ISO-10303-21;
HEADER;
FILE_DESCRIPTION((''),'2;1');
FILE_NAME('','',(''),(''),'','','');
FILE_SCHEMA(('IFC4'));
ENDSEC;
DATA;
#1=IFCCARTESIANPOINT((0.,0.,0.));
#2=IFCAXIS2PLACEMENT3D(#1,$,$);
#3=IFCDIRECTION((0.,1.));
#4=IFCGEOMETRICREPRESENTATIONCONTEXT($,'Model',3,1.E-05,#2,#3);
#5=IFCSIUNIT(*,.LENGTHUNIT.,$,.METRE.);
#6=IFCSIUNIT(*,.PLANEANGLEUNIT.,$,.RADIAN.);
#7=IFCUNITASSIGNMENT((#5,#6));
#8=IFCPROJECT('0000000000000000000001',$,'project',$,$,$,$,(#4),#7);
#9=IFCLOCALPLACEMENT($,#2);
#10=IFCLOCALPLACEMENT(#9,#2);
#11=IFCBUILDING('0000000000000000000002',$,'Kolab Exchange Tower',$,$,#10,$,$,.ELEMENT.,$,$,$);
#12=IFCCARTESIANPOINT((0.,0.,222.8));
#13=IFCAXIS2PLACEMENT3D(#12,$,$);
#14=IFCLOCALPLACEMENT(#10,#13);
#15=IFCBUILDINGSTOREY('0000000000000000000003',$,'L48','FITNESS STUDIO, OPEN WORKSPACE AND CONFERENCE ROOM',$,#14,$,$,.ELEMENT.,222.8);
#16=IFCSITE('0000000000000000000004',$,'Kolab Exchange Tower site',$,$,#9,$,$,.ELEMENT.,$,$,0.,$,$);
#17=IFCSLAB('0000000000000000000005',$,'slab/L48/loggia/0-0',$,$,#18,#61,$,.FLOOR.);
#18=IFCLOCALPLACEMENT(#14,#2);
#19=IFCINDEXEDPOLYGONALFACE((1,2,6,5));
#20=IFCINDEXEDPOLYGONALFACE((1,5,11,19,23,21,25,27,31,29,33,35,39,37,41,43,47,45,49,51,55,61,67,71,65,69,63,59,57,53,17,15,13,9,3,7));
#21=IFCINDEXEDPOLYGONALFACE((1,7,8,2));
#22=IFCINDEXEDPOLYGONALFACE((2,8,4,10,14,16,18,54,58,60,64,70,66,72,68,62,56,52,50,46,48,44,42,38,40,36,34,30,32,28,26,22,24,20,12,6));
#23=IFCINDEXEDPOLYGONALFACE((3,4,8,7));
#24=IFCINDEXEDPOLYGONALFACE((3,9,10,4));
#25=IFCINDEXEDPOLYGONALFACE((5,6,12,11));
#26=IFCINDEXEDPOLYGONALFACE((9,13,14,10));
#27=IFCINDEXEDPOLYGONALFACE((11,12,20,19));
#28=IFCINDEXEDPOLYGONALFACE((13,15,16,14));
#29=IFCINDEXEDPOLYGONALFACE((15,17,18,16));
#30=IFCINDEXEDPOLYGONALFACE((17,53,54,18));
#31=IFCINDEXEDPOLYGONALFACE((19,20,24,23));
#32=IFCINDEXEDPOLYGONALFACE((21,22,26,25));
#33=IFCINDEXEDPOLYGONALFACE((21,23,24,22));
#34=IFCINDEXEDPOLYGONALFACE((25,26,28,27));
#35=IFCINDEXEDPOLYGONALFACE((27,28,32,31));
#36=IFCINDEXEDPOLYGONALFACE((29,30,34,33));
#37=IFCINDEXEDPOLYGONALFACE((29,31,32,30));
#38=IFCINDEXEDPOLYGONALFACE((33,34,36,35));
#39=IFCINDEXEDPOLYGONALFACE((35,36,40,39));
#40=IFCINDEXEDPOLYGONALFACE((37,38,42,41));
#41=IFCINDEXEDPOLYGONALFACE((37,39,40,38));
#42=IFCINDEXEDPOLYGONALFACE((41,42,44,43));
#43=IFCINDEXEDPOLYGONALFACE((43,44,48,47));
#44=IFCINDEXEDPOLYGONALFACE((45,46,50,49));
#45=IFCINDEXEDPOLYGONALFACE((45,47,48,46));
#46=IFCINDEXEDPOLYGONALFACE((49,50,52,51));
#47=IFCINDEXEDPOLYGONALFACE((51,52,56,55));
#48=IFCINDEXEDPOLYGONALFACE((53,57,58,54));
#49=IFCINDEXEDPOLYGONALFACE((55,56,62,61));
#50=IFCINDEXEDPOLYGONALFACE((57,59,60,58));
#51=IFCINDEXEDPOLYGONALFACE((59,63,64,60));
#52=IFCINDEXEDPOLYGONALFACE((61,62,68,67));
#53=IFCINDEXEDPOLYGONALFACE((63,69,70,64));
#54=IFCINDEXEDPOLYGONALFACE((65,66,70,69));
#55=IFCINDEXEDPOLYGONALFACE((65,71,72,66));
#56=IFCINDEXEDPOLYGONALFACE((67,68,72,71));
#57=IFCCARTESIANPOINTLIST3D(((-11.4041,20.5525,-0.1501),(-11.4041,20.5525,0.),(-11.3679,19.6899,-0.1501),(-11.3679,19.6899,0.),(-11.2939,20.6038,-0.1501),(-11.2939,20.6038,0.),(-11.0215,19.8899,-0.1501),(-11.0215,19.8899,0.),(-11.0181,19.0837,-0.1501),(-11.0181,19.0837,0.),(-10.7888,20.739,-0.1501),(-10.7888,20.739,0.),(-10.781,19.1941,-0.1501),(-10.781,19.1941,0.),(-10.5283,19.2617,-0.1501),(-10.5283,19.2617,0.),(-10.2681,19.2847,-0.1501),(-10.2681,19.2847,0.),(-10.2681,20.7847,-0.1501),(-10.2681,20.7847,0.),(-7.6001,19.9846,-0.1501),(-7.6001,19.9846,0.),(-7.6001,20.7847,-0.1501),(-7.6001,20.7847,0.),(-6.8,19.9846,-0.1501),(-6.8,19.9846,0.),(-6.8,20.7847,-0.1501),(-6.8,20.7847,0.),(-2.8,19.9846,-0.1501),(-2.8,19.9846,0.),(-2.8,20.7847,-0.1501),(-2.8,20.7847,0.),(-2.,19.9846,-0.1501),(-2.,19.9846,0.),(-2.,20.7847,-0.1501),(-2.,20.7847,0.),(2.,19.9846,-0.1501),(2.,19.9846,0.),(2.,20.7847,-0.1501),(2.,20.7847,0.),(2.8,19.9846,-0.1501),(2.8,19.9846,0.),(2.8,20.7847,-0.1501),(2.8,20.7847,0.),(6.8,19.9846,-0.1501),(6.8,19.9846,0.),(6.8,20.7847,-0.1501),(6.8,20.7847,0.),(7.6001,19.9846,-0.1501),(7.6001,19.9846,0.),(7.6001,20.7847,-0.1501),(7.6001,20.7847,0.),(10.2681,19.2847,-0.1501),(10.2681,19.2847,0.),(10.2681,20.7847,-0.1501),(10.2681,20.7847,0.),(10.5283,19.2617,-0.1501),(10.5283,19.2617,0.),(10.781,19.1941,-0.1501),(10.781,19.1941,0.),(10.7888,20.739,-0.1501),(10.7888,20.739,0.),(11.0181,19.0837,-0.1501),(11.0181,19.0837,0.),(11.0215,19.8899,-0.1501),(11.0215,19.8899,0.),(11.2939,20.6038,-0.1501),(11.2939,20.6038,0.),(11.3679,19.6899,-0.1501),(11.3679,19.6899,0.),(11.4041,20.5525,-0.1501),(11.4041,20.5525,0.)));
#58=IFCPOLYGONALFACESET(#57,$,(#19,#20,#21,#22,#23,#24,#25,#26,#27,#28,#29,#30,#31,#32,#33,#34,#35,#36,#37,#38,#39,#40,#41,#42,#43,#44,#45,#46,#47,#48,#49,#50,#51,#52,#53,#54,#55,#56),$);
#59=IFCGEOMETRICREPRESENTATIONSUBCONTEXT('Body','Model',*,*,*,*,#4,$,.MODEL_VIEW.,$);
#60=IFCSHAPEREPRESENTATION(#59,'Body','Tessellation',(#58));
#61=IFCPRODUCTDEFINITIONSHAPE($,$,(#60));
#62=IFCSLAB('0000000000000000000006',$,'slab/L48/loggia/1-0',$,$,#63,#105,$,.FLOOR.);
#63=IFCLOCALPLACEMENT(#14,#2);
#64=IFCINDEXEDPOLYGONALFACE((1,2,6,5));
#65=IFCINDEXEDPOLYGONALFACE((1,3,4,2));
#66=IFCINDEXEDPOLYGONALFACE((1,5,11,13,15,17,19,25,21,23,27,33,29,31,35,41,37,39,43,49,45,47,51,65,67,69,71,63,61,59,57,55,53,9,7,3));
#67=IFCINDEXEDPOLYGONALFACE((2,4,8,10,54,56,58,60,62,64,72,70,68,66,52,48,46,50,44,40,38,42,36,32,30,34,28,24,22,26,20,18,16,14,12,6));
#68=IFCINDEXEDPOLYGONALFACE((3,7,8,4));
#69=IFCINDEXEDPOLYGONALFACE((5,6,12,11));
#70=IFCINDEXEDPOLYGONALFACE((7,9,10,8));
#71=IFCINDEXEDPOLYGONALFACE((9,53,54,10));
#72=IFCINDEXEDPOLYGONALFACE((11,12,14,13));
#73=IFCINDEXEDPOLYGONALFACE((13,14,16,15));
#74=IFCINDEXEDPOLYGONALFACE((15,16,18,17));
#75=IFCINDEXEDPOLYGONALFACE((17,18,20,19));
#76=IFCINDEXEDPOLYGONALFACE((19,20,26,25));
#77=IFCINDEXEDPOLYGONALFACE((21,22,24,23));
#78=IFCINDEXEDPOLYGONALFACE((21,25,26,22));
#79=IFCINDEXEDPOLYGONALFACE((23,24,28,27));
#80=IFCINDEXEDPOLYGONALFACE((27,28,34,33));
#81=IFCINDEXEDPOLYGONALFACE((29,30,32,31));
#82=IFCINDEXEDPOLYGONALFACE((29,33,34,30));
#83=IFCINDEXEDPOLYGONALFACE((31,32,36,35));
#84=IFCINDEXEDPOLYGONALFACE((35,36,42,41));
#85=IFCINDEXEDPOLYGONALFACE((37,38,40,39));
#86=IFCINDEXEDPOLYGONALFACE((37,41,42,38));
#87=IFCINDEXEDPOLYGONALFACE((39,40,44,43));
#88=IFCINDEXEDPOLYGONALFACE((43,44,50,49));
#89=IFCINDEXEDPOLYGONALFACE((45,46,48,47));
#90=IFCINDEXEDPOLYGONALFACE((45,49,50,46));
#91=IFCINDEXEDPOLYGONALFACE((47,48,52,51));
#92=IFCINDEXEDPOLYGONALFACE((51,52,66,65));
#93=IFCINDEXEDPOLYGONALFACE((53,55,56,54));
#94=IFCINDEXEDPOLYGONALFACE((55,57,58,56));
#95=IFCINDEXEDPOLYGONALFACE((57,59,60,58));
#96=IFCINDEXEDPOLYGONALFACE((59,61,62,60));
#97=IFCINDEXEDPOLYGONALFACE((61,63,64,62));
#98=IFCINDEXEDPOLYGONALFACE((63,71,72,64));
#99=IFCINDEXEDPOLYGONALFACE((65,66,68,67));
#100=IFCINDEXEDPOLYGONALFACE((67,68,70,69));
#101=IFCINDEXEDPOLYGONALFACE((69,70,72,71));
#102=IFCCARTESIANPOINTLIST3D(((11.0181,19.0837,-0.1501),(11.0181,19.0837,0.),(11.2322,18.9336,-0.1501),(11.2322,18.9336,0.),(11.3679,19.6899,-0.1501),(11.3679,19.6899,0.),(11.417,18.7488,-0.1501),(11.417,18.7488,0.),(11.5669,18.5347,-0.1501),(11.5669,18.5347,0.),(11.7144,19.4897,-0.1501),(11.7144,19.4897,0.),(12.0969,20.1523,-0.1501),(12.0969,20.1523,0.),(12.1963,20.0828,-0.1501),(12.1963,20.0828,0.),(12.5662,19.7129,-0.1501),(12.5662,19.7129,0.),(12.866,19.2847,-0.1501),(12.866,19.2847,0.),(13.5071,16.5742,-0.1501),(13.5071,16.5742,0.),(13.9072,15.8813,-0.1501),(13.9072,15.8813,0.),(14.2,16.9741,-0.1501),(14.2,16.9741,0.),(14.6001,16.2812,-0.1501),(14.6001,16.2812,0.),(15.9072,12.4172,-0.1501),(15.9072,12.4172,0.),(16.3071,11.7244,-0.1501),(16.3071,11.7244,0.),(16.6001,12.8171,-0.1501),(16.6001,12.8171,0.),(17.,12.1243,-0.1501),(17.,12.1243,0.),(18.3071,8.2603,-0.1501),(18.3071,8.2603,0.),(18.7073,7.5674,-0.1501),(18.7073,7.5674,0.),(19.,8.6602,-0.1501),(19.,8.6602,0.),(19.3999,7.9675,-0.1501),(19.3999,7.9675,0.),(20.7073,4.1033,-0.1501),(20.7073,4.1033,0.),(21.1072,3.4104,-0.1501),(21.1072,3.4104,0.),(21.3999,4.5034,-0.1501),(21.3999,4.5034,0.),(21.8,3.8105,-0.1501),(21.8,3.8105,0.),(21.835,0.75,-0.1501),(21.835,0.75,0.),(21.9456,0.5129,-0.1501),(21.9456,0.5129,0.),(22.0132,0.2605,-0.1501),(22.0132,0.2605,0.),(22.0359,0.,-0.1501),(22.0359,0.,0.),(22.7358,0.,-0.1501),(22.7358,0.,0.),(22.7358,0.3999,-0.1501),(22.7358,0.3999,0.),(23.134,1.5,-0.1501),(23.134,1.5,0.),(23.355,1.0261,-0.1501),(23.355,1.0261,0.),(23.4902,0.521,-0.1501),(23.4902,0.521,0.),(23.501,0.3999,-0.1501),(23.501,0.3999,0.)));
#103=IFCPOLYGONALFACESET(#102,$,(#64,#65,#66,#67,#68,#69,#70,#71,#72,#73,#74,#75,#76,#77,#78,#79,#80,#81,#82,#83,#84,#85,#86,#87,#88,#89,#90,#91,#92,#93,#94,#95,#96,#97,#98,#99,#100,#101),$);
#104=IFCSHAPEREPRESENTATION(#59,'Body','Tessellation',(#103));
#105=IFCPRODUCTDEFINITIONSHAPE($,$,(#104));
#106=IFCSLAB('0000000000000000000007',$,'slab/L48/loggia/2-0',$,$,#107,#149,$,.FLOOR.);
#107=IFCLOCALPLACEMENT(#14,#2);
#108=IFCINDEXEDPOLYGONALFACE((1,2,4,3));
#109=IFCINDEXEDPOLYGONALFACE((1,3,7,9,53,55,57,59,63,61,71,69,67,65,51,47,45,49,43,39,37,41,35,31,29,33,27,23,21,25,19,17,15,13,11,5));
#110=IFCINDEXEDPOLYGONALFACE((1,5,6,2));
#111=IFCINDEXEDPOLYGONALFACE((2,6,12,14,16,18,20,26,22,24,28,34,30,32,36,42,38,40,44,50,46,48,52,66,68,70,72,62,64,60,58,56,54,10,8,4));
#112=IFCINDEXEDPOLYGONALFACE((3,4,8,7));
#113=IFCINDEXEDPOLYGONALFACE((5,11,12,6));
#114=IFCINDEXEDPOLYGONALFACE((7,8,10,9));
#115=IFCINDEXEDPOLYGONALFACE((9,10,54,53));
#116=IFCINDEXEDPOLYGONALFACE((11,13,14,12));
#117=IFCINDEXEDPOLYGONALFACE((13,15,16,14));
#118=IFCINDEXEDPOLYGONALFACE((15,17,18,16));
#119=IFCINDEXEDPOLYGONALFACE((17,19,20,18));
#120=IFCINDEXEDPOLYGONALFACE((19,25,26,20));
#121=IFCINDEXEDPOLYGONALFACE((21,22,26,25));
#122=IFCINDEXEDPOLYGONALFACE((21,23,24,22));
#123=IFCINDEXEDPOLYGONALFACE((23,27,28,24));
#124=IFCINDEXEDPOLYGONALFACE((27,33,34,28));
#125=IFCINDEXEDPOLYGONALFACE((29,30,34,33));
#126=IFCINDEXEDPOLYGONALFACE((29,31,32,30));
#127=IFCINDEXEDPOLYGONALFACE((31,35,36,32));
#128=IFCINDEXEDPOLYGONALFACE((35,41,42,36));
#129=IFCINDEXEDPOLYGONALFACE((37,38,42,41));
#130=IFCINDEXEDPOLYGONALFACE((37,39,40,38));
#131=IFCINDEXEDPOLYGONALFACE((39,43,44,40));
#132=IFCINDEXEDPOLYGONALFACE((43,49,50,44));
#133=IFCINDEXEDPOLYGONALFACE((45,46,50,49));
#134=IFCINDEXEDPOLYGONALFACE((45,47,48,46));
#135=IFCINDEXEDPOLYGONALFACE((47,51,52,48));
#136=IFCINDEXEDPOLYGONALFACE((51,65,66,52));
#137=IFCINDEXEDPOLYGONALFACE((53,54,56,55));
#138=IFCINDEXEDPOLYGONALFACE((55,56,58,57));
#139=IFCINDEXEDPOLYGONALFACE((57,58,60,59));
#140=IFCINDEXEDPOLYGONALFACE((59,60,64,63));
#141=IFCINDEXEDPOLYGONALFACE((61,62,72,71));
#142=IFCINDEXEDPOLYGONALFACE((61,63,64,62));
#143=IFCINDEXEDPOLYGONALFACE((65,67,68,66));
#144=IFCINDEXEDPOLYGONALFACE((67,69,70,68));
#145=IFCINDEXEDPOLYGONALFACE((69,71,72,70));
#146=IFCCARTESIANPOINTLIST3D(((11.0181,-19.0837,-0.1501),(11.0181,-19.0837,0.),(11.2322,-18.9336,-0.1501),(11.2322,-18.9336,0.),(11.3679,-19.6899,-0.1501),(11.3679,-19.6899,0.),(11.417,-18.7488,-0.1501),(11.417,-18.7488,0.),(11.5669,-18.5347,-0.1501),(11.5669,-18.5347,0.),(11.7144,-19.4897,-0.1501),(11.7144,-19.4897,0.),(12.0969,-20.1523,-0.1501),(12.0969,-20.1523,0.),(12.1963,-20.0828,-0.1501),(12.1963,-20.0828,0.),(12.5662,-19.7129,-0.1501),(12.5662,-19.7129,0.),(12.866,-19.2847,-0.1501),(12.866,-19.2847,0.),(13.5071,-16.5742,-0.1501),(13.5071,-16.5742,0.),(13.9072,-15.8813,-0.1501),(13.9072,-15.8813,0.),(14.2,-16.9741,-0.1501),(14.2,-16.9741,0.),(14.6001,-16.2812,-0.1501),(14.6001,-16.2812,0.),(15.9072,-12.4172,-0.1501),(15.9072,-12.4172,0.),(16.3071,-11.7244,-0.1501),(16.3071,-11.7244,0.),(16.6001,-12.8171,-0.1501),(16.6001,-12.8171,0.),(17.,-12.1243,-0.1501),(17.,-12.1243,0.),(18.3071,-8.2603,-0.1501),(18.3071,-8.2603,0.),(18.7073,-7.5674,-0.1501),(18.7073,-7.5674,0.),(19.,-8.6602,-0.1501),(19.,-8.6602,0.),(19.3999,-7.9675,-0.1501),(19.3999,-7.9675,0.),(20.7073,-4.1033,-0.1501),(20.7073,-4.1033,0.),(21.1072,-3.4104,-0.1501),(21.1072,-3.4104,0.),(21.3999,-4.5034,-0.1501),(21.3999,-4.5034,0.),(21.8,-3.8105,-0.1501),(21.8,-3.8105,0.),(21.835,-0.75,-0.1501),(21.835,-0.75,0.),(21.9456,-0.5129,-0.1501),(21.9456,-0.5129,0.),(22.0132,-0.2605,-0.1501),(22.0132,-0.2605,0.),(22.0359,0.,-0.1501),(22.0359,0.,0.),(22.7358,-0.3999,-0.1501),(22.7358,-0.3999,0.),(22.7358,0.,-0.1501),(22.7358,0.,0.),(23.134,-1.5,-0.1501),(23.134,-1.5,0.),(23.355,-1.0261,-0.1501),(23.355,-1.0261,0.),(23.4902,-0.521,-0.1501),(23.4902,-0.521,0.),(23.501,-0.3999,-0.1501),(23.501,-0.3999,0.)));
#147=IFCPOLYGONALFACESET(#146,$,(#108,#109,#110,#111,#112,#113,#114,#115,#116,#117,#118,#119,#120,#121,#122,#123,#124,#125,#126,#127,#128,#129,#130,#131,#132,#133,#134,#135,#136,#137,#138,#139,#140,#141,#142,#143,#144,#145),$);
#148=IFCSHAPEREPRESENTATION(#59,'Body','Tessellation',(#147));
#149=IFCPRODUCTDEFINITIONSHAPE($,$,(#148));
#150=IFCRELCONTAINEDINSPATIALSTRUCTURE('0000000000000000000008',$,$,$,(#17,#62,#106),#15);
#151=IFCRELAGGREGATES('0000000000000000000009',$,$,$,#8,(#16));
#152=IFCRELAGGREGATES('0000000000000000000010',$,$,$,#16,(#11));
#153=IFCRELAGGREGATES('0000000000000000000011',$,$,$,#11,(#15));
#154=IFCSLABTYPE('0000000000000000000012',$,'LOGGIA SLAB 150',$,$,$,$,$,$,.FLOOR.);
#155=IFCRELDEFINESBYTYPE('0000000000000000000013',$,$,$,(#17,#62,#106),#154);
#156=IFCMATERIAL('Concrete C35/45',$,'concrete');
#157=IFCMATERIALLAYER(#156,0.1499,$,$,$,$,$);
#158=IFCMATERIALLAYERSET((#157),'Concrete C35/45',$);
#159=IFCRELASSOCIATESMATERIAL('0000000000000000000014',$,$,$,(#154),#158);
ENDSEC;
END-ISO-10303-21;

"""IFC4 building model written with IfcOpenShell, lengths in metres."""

from ifc_helpers import new_model, si_unit, direction, frame, origin, place, context, subcontext, project, spatial, polyline, outline, extrude, material, layer, layer_set, type_object, element, save


model = new_model("IFC4")

# Units and contexts
model_context = context("Model", 3, precision=1e-05, world=origin(), true_north=direction((0.0, 1.0)))
body_context = subcontext(model_context, "Body", "Model", "MODEL_VIEW")
ifc_project = project(units=[si_unit("LENGTHUNIT", "METRE"), si_unit("PLANEANGLEUNIT", "RADIAN")], contexts=[model_context])

# Site, building, storey
site_placement = place(None, origin())
site = spatial("IfcSite", under=ifc_project, at=site_placement, Name="Kolab Exchange Tower site", CompositionType="ELEMENT", RefElevation=0.0)
building_placement = place(site_placement, origin())
building = spatial("IfcBuilding", under=site, at=building_placement, Name="Kolab Exchange Tower", CompositionType="ELEMENT")
storey_placement = place(building_placement, frame((0.0, 0.0, 222.8)))
storey = spatial("IfcBuildingStorey", under=building, at=storey_placement, Name="L48", Description="FITNESS STUDIO, OPEN WORKSPACE AND CONFERENCE ROOM", CompositionType="ELEMENT", Elevation=222.8)

# Slabs
ifc_material_1 = material(Name="Concrete C35/45", Category="concrete")
ifc_layer_1 = layer(ifc_material_1, 0.1499)
ifc_layer_set_1 = layer_set([ifc_layer_1], Name="Concrete C35/45")
slab_type_1 = type_object("IfcSlabType", Name="LOGGIA SLAB 150", PredefinedType="FLOOR", material=ifc_layer_set_1)
slab_1_placement = place(storey_placement, frame((0.0, 0.0, -0.1501)))
element("IfcSlab", 1, at=slab_1_placement, inside=storey, type_object=slab_type_1, Name="slab/L48/loggia/0-0", PredefinedType="FLOOR", context=body_context, shape_type="SweptSolid", body=[
    extrude(outline(polyline([(11.0181, 19.0837), (11.3679, 19.6899), (11.0215, 19.8899), (11.4041, 20.5525), (11.2939, 20.6038), (10.7888, 20.739), (10.2681, 20.7847), (7.6001, 20.7847), (7.6001, 19.9846), (6.8, 19.9846), (6.8, 20.7847), (2.8, 20.7847), (2.8, 19.9846), (2.0, 19.9846), (2.0, 20.7847), (-2.0, 20.7847), (-2.0, 19.9846), (-2.8, 19.9846), (-2.8, 20.7847), (-6.8, 20.7847), (-6.8, 19.9846), (-7.6001, 19.9846), (-7.6001, 20.7847), (-10.2681, 20.7847), (-10.7888, 20.739), (-11.2939, 20.6038), (-11.4041, 20.5525), (-11.0215, 19.8899), (-11.3679, 19.6899), (-11.0181, 19.0837), (-10.781, 19.1941), (-10.5283, 19.2617), (-10.2681, 19.2847), (10.2681, 19.2847), (10.5283, 19.2617), (10.781, 19.1941), (11.0181, 19.0837)])), origin(), (0.0, 0.0, 1.0), 0.1501),
])
slab_2_placement = place(storey_placement, frame((0.0, 0.0, -0.1501)))
element("IfcSlab", 2, at=slab_2_placement, inside=storey, type_object=slab_type_1, Name="slab/L48/loggia/1-0", PredefinedType="FLOOR", context=body_context, shape_type="SweptSolid", body=[
    extrude(outline(polyline([(22.0359, 0.0), (22.7358, 0.0), (22.7358, 0.3999), (23.501, 0.3999), (23.4902, 0.521), (23.355, 1.0261), (23.134, 1.5), (21.8, 3.8105), (21.1072, 3.4104), (20.7073, 4.1033), (21.3999, 4.5034), (19.3999, 7.9675), (18.7073, 7.5674), (18.3071, 8.2603), (19.0, 8.6602), (17.0, 12.1243), (16.3071, 11.7244), (15.9072, 12.4172), (16.6001, 12.8171), (14.6001, 16.2812), (13.9072, 15.8813), (13.5071, 16.5742), (14.2, 16.9741), (12.866, 19.2847), (12.5662, 19.7129), (12.1963, 20.0828), (12.0969, 20.1523), (11.7144, 19.4897), (11.3679, 19.6899), (11.0181, 19.0837), (11.2322, 18.9336), (11.417, 18.7488), (11.5669, 18.5347), (21.835, 0.75), (21.9456, 0.5129), (22.0132, 0.2605), (22.0359, 0.0)])), origin(), (0.0, 0.0, 1.0), 0.1501),
])
slab_3_placement = place(storey_placement, frame((0.0, 0.0, -0.1501)))
element("IfcSlab", 3, at=slab_3_placement, inside=storey, type_object=slab_type_1, Name="slab/L48/loggia/2-0", PredefinedType="FLOOR", context=body_context, shape_type="SweptSolid", body=[
    extrude(outline(polyline([(12.866, -19.2847), (14.2, -16.9741), (13.5071, -16.5742), (13.9072, -15.8813), (14.6001, -16.2812), (16.6001, -12.8171), (15.9072, -12.4172), (16.3071, -11.7244), (17.0, -12.1243), (19.0, -8.6602), (18.3071, -8.2603), (18.7073, -7.5674), (19.3999, -7.9675), (21.3999, -4.5034), (20.7073, -4.1033), (21.1072, -3.4104), (21.8, -3.8105), (23.134, -1.5), (23.355, -1.0261), (23.4902, -0.521), (23.501, -0.3999), (22.7358, -0.3999), (22.7358, 0.0), (22.0359, 0.0), (22.0132, -0.2605), (21.9456, -0.5129), (21.835, -0.75), (11.5669, -18.5347), (11.417, -18.7488), (11.2322, -18.9336), (11.0181, -19.0837), (11.3679, -19.6899), (11.7144, -19.4897), (12.0969, -20.1523), (12.1963, -20.0828), (12.5662, -19.7129), (12.866, -19.2847)])), origin(), (0.0, 0.0, 1.0), 0.1501),
])

save(model, "model.ifc")
